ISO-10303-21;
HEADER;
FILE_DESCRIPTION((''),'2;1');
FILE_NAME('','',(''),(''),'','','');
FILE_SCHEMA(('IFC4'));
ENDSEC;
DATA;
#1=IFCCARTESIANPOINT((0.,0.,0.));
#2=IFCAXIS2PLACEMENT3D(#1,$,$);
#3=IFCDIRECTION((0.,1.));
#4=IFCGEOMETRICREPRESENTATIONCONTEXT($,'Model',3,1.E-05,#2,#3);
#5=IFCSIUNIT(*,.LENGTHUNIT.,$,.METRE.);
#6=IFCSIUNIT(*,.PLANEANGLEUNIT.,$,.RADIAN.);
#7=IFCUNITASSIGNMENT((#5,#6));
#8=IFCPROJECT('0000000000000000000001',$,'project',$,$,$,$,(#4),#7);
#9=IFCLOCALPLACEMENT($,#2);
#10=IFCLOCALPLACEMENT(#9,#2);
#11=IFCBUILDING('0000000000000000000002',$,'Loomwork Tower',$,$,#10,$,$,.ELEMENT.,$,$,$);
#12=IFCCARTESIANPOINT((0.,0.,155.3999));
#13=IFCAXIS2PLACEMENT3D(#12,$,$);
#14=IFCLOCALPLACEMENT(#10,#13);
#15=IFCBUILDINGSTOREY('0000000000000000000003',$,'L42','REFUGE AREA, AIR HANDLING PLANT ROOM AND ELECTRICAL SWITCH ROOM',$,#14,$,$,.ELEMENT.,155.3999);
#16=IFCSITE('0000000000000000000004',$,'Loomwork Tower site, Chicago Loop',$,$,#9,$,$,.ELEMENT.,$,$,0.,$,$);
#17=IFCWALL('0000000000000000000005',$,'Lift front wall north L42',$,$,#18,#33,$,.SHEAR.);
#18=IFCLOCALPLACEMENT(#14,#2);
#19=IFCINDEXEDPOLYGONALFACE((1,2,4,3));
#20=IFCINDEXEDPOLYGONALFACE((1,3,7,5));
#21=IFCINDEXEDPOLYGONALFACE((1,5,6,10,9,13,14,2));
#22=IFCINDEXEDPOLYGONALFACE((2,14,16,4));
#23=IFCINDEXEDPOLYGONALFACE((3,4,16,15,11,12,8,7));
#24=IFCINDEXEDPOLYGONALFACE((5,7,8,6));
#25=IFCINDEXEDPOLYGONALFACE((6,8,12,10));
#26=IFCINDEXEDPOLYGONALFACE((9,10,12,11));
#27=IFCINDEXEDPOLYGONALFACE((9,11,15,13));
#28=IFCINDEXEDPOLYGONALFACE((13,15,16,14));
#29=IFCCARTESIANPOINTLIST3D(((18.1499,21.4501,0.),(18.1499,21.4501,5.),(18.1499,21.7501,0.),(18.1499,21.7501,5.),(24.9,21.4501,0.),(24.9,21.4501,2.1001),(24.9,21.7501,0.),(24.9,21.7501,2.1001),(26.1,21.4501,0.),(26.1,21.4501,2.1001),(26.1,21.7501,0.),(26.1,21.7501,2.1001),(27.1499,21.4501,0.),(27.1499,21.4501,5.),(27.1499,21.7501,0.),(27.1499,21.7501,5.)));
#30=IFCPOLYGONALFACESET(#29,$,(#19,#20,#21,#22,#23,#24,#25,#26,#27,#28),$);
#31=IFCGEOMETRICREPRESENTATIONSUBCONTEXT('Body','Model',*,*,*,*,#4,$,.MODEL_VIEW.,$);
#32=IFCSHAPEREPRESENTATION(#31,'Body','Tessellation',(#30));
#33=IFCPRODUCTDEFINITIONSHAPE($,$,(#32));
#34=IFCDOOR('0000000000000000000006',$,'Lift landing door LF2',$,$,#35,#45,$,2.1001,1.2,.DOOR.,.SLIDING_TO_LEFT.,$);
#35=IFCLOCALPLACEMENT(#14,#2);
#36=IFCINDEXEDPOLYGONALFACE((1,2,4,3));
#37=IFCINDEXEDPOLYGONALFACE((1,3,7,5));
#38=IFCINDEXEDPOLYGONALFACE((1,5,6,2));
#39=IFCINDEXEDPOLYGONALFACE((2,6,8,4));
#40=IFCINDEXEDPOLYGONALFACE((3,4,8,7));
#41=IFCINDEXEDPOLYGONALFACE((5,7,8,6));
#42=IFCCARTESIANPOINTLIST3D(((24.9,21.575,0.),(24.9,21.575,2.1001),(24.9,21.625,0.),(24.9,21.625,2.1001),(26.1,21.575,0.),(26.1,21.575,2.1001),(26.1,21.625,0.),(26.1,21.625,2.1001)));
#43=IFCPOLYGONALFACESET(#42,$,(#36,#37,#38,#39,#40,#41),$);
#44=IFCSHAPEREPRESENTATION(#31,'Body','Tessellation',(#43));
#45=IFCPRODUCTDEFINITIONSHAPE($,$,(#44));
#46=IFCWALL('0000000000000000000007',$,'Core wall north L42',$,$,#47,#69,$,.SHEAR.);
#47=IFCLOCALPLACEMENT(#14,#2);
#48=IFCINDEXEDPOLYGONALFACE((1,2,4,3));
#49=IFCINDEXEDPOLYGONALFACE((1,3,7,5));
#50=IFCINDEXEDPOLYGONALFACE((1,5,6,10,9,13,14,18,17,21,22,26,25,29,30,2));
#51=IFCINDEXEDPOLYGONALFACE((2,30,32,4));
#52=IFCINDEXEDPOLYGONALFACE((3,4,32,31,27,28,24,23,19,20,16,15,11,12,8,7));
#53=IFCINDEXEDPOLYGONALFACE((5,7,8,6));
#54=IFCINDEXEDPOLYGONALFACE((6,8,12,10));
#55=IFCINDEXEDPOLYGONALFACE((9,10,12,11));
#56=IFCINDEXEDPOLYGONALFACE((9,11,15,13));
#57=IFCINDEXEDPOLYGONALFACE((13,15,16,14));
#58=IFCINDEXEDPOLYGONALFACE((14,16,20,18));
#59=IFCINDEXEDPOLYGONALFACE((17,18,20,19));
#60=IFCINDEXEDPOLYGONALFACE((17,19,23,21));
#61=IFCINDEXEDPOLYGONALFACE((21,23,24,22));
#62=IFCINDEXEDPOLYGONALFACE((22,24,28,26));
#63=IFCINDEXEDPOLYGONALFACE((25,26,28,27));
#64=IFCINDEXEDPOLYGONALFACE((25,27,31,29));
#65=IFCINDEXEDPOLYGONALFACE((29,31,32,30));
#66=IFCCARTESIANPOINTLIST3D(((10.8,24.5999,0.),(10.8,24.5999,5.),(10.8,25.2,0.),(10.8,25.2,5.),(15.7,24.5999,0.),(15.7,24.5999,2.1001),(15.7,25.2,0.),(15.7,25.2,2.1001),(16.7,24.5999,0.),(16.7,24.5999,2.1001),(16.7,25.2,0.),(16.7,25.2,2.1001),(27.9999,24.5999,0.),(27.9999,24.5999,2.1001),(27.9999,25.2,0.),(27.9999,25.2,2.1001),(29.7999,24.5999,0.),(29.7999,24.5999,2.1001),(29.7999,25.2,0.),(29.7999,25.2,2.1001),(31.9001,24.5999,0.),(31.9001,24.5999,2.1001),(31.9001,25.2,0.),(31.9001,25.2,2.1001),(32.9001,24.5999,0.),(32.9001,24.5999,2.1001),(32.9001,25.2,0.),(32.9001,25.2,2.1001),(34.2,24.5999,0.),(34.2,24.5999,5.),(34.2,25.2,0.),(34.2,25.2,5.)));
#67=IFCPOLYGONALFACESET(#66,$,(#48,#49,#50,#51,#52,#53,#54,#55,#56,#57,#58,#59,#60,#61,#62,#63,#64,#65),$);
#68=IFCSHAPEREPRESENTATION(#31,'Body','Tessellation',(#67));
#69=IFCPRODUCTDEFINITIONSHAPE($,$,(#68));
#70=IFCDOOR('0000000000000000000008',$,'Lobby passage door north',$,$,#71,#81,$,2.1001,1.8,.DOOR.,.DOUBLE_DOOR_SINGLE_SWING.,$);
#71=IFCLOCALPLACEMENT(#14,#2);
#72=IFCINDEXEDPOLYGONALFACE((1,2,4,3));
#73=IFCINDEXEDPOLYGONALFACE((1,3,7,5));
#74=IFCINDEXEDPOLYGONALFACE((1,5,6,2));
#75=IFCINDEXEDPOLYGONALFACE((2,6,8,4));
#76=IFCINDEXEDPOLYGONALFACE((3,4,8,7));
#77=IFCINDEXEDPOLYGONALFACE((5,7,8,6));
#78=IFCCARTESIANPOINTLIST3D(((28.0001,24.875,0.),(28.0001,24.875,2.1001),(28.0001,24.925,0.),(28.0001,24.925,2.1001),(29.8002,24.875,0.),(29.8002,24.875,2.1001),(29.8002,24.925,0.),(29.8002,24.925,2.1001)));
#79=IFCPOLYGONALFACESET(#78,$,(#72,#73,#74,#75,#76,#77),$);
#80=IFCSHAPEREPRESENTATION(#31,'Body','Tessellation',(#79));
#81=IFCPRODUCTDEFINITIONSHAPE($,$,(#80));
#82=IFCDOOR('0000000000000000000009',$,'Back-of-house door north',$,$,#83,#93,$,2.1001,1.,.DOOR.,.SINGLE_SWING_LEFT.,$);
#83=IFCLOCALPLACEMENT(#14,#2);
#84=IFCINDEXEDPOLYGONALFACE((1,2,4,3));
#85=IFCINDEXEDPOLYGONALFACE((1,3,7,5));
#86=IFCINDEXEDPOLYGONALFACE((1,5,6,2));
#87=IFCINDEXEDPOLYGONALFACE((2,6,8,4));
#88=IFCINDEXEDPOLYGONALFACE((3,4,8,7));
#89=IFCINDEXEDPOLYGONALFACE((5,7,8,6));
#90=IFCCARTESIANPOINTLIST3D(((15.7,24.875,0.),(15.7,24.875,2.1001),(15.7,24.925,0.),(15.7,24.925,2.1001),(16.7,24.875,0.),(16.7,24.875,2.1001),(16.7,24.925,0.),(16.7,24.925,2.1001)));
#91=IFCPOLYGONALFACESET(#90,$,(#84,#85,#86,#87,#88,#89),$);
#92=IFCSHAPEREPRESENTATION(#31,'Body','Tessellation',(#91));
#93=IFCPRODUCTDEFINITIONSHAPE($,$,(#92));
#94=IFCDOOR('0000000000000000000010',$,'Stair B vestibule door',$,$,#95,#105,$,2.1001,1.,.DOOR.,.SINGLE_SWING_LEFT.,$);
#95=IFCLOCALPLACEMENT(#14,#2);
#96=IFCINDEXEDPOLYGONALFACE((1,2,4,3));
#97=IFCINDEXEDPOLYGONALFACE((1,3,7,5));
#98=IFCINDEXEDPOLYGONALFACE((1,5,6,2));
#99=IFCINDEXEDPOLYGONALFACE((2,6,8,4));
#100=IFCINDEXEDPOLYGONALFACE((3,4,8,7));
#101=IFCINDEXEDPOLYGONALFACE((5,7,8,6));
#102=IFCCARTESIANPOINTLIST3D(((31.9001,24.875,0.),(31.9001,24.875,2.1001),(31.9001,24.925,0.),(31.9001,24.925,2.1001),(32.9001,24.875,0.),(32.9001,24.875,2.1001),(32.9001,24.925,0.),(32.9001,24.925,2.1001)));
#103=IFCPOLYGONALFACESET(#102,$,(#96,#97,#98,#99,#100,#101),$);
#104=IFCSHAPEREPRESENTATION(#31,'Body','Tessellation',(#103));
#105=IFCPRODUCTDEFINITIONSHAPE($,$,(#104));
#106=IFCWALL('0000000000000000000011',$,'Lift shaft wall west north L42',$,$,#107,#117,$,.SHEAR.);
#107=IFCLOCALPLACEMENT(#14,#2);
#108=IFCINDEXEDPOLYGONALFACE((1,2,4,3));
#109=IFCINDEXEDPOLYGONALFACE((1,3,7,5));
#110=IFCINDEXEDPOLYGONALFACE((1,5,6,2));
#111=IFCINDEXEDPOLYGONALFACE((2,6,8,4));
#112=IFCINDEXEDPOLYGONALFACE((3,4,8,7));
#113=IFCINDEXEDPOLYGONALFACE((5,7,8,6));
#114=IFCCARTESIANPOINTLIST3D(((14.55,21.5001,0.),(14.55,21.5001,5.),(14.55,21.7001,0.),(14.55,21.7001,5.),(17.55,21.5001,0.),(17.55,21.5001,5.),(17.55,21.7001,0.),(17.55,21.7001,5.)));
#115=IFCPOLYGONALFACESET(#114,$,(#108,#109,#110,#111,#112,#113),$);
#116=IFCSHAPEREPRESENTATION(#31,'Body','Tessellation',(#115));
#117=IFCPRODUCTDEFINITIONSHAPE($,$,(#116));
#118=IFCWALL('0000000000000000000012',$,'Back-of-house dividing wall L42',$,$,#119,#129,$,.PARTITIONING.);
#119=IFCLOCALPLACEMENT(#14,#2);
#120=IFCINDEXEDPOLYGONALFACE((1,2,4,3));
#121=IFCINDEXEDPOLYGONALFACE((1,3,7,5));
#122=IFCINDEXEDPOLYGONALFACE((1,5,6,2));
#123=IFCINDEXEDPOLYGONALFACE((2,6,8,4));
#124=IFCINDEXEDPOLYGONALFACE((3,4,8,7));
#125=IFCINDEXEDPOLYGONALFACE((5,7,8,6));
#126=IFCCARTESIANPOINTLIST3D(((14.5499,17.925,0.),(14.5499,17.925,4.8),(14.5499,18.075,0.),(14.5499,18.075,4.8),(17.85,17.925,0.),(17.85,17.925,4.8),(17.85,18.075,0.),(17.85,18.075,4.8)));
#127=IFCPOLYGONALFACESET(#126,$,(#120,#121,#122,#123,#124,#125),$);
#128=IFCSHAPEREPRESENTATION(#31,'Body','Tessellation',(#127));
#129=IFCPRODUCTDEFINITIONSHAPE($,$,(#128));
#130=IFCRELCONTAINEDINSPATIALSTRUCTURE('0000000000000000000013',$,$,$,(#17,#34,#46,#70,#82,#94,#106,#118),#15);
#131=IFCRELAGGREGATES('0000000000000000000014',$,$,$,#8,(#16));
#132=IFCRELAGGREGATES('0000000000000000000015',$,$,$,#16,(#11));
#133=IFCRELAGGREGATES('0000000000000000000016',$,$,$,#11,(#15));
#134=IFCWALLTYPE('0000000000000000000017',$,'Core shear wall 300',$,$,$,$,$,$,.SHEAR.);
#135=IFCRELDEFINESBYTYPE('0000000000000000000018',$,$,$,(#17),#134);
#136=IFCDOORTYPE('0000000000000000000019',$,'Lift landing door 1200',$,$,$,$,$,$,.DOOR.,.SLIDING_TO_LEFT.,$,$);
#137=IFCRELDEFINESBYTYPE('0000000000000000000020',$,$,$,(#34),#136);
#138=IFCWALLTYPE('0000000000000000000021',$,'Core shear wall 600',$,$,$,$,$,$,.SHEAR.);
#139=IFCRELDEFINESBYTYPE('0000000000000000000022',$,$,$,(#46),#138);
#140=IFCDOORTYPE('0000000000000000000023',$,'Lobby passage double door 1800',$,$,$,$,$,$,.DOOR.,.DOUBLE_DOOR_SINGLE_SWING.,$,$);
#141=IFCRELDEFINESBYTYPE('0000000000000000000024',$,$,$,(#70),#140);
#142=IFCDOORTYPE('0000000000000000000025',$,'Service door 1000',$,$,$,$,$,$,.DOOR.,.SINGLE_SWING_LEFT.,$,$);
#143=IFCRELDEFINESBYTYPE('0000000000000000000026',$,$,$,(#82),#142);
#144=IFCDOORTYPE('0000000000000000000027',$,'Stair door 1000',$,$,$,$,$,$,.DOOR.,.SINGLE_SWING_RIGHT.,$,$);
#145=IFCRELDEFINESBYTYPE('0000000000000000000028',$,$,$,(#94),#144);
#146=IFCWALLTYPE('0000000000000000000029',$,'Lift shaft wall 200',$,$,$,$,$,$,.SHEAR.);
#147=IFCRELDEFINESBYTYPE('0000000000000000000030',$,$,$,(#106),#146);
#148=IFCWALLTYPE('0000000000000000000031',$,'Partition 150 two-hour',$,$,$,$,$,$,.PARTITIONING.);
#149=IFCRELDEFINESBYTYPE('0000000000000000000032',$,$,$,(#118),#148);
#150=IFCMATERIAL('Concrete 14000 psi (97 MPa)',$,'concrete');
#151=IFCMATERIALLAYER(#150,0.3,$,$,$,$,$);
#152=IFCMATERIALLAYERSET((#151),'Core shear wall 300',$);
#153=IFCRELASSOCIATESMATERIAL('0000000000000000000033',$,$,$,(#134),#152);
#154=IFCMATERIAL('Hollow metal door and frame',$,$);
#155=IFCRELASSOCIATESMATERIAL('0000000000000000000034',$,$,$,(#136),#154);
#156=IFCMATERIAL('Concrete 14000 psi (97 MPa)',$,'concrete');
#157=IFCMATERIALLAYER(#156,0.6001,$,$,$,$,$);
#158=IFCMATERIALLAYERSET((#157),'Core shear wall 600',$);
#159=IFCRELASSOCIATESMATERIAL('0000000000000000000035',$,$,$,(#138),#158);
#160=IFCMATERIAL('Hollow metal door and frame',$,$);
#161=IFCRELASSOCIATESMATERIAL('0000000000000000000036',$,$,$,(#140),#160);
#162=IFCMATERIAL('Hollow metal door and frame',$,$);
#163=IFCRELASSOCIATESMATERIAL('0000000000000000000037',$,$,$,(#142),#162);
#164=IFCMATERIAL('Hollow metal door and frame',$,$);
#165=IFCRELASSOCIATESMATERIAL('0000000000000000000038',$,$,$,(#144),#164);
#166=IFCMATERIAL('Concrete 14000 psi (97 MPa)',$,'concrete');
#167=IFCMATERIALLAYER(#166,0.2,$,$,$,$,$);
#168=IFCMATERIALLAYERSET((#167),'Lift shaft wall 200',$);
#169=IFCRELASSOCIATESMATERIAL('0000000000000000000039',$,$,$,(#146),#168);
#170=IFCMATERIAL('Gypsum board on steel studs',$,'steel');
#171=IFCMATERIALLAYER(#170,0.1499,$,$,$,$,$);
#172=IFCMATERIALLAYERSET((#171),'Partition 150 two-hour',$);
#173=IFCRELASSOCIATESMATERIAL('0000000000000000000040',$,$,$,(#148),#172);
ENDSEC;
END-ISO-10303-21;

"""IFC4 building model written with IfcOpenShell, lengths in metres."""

from ifc_helpers import new_model, si_unit, direction, frame, frame_2d, origin, place, context, subcontext, project, spatial, rectangle, extrude, material, layer, layer_set, type_object, element, fill, save


model = new_model("IFC4")

# Units and contexts
model_context = context("Model", 3, precision=1e-05, world=origin(), true_north=direction((0.0, 1.0)))
body_context = subcontext(model_context, "Body", "Model", "MODEL_VIEW")
ifc_project = project(units=[si_unit("LENGTHUNIT", "METRE"), si_unit("PLANEANGLEUNIT", "RADIAN")], contexts=[model_context])

# Site, building, storey
site_placement = place(None, origin())
site = spatial("IfcSite", under=ifc_project, at=site_placement, Name="Loomwork Tower site, Chicago Loop", CompositionType="ELEMENT", RefElevation=0.0)
building_placement = place(site_placement, origin())
building = spatial("IfcBuilding", under=site, at=building_placement, Name="Loomwork Tower", CompositionType="ELEMENT")
storey_placement = place(building_placement, frame((0.0, 0.0, 155.3999)))
storey = spatial("IfcBuildingStorey", under=building, at=storey_placement, Name="L42", Description="REFUGE AREA, AIR HANDLING PLANT ROOM AND ELECTRICAL SWITCH ROOM", CompositionType="ELEMENT", Elevation=155.3999)

# Wall, opening, door
ifc_material_1 = material(Name="Concrete 14000 psi (97 MPa)", Category="concrete")
ifc_layer_1 = layer(ifc_material_1, 0.3)
ifc_layer_set_1 = layer_set([ifc_layer_1], Name="Core shear wall 300")
wall_type_1 = type_object("IfcWallType", Name="Core shear wall 300", PredefinedType="SHEAR", material=ifc_layer_set_1)
wall_1_placement = place(storey_placement, frame((18.1499, 21.6001, 0.0), z_axis=(0.0, 0.0, 1.0), x_axis=(1.0, 0.0, 0.0)))
wall_1 = element("IfcWall", 1, at=wall_1_placement, inside=storey, type_object=wall_type_1, Name="Lift front wall north L42", PredefinedType="SHEAR", context=body_context, shape_type="SweptSolid", body=[
    extrude(rectangle(XDim=9.0, YDim=0.3, at=frame_2d((4.5, 0.0))), origin(), (0.0, 0.0, 1.0), 5.0),
])
opening_1_placement = place(wall_1_placement, frame((6.75, 0.0, 0.0)))
opening_1 = element("IfcOpeningElement", 2, at=opening_1_placement, cuts=wall_1, PredefinedType="OPENING", context=body_context, shape_type="SweptSolid", body=[
    extrude(rectangle(XDim=1.2, YDim=2.1001, at=frame_2d((0.6001, 1.05))), frame((0.0, 0.1599, 0.0), z_axis=(0.0, -1.0, 0.0), x_axis=(1.0, 0.0, 0.0)), (0.0, 0.0, 1.0), 0.3201),
])
ifc_material_2 = material(Name="Hollow metal door and frame")
door_type_1 = type_object("IfcDoorType", Name="Lift landing door 1200", OperationType="SLIDING_TO_LEFT", PredefinedType="DOOR", material=ifc_material_2)
door_1_placement = place(opening_1_placement, origin())
door_1 = element("IfcDoor", 3, at=door_1_placement, inside=storey, type_object=door_type_1, Name="Lift landing door LF2", OperationType="SLIDING_TO_LEFT", OverallHeight=2.1001, OverallWidth=1.2, PredefinedType="DOOR", context=body_context, shape_type="SweptSolid", body=[
    extrude(rectangle(XDim=1.2, YDim=2.1001, at=frame_2d((0.6001, 1.05))), frame((0.0, 0.0249, 0.0), z_axis=(0.0, -1.0, 0.0), x_axis=(1.0, 0.0, 0.0)), (0.0, 0.0, 1.0), 0.05),
])
fill(opening_1, door_1)

# Wall, openings, doors
ifc_material_3 = material(Name="Concrete 14000 psi (97 MPa)", Category="concrete")
ifc_layer_2 = layer(ifc_material_3, 0.6001)
ifc_layer_set_2 = layer_set([ifc_layer_2], Name="Core shear wall 600")
wall_type_2 = type_object("IfcWallType", Name="Core shear wall 600", PredefinedType="SHEAR", material=ifc_layer_set_2)
wall_2_placement = place(storey_placement, frame((10.8, 24.8999, 0.0), z_axis=(0.0, 0.0, 1.0), x_axis=(1.0, 0.0, 0.0)))
wall_2 = element("IfcWall", 4, at=wall_2_placement, inside=storey, type_object=wall_type_2, Name="Core wall north L42", PredefinedType="SHEAR", context=body_context, shape_type="SweptSolid", body=[
    extrude(rectangle(XDim=23.3999, YDim=0.6001, at=frame_2d((11.7, 0.0))), origin(), (0.0, 0.0, 1.0), 5.0),
])
opening_2_placement = place(wall_2_placement, frame((17.2, 0.0, 0.0)))
opening_2 = element("IfcOpeningElement", 5, at=opening_2_placement, cuts=wall_2, PredefinedType="OPENING", context=body_context, shape_type="SweptSolid", body=[
    extrude(rectangle(XDim=1.8, YDim=2.1001, at=frame_2d((0.8999, 1.05))), frame((0.0, 0.3101, 0.0), z_axis=(0.0, -1.0, 0.0), x_axis=(1.0, 0.0, 0.0)), (0.0, 0.0, 1.0), 0.6201),
])
opening_3_placement = place(wall_2_placement, frame((21.1001, 0.0, 0.0)))
opening_3 = element("IfcOpeningElement", 6, at=opening_3_placement, cuts=wall_2, PredefinedType="OPENING", context=body_context, shape_type="SweptSolid", body=[
    extrude(rectangle(XDim=1.0, YDim=2.1001, at=frame_2d((0.5, 1.05))), frame((0.0, 0.3101, 0.0), z_axis=(0.0, -1.0, 0.0), x_axis=(1.0, 0.0, 0.0)), (0.0, 0.0, 1.0), 0.6201),
])
opening_4_placement = place(wall_2_placement, frame((4.8999, 0.0, 0.0)))
opening_4 = element("IfcOpeningElement", 7, at=opening_4_placement, cuts=wall_2, PredefinedType="OPENING", context=body_context, shape_type="SweptSolid", body=[
    extrude(rectangle(XDim=1.0, YDim=2.1001, at=frame_2d((0.5, 1.05))), frame((0.0, 0.3101, 0.0), z_axis=(0.0, -1.0, 0.0), x_axis=(1.0, 0.0, 0.0)), (0.0, 0.0, 1.0), 0.6201),
])
ifc_material_4 = material(Name="Hollow metal door and frame")
door_type_2 = type_object("IfcDoorType", Name="Lobby passage double door 1800", OperationType="DOUBLE_DOOR_SINGLE_SWING", PredefinedType="DOOR", material=ifc_material_4)
door_2_placement = place(opening_2_placement, frame((1.8, 0.0, 0.0), z_axis=(0.0, 0.0, 1.0), x_axis=(-1.0, 0.0, 0.0)))
door_2 = element("IfcDoor", 8, at=door_2_placement, inside=storey, type_object=door_type_2, Name="Lobby passage door north", OperationType="DOUBLE_DOOR_SINGLE_SWING", OverallHeight=2.1001, OverallWidth=1.8, PredefinedType="DOOR", context=body_context, shape_type="SweptSolid", body=[
    extrude(rectangle(XDim=1.8, YDim=2.1001, at=frame_2d((0.8999, 1.05))), frame((0.0, 0.0249, 0.0), z_axis=(0.0, -1.0, 0.0), x_axis=(1.0, 0.0, 0.0)), (0.0, 0.0, 1.0), 0.05),
])
fill(opening_2, door_2)
ifc_material_5 = material(Name="Hollow metal door and frame")
door_type_3 = type_object("IfcDoorType", Name="Service door 1000", OperationType="SINGLE_SWING_LEFT", PredefinedType="DOOR", material=ifc_material_5)
door_3_placement = place(opening_4_placement, frame((1.0, 0.0, 0.0), z_axis=(0.0, 0.0, 1.0), x_axis=(-1.0, 0.0, 0.0)))
door_3 = element("IfcDoor", 9, at=door_3_placement, inside=storey, type_object=door_type_3, Name="Back-of-house door north", OperationType="SINGLE_SWING_LEFT", OverallHeight=2.1001, OverallWidth=1.0, PredefinedType="DOOR", context=body_context, shape_type="SweptSolid", body=[
    extrude(rectangle(XDim=1.0, YDim=2.1001, at=frame_2d((0.5, 1.05))), frame((0.0, 0.0249, 0.0), z_axis=(0.0, -1.0, 0.0), x_axis=(1.0, 0.0, 0.0)), (0.0, 0.0, 1.0), 0.05),
])
fill(opening_4, door_3)
ifc_material_6 = material(Name="Hollow metal door and frame")
door_type_4 = type_object("IfcDoorType", Name="Stair door 1000", OperationType="SINGLE_SWING_RIGHT", PredefinedType="DOOR", material=ifc_material_6)
door_4_placement = place(opening_3_placement, frame((1.0, 0.0, 0.0), z_axis=(0.0, 0.0, 1.0), x_axis=(-1.0, 0.0, 0.0)))
door_4 = element("IfcDoor", 10, at=door_4_placement, inside=storey, type_object=door_type_4, Name="Stair B vestibule door", OperationType="SINGLE_SWING_LEFT", OverallHeight=2.1001, OverallWidth=1.0, PredefinedType="DOOR", context=body_context, shape_type="SweptSolid", body=[
    extrude(rectangle(XDim=1.0, YDim=2.1001, at=frame_2d((0.5, 1.05))), frame((0.0, 0.0249, 0.0), z_axis=(0.0, -1.0, 0.0), x_axis=(1.0, 0.0, 0.0)), (0.0, 0.0, 1.0), 0.05),
])
fill(opening_3, door_4)

# Walls
ifc_material_7 = material(Name="Concrete 14000 psi (97 MPa)", Category="concrete")
ifc_layer_3 = layer(ifc_material_7, 0.2)
ifc_layer_set_3 = layer_set([ifc_layer_3], Name="Lift shaft wall 200")
wall_type_3 = type_object("IfcWallType", Name="Lift shaft wall 200", PredefinedType="SHEAR", material=ifc_layer_set_3)
wall_3_placement = place(storey_placement, frame((14.55, 21.6001, 0.0), z_axis=(0.0, 0.0, 1.0), x_axis=(1.0, 0.0, 0.0)))
element("IfcWall", 11, at=wall_3_placement, inside=storey, type_object=wall_type_3, Name="Lift shaft wall west north L42", PredefinedType="SHEAR", context=body_context, shape_type="SweptSolid", body=[
    extrude(rectangle(XDim=3.0, YDim=0.2, at=frame_2d((1.5, 0.0))), origin(), (0.0, 0.0, 1.0), 5.0),
])
ifc_material_8 = material(Name="Gypsum board on steel studs", Category="steel")
ifc_layer_4 = layer(ifc_material_8, 0.1499)
ifc_layer_set_4 = layer_set([ifc_layer_4], Name="Partition 150 two-hour")
wall_type_4 = type_object("IfcWallType", Name="Partition 150 two-hour", PredefinedType="PARTITIONING", material=ifc_layer_set_4)
wall_4_placement = place(storey_placement, frame((14.55, 18.0, 0.0), z_axis=(0.0, 0.0, 1.0), x_axis=(1.0, 0.0, 0.0)))
element("IfcWall", 12, at=wall_4_placement, inside=storey, type_object=wall_type_4, Name="Back-of-house dividing wall L42", PredefinedType="PARTITIONING", context=body_context, shape_type="SweptSolid", body=[
    extrude(rectangle(XDim=3.3, YDim=0.1499, at=frame_2d((1.6499, 0.0))), origin(), (0.0, 0.0, 1.0), 4.8),
])

save(model, "model.ifc")
